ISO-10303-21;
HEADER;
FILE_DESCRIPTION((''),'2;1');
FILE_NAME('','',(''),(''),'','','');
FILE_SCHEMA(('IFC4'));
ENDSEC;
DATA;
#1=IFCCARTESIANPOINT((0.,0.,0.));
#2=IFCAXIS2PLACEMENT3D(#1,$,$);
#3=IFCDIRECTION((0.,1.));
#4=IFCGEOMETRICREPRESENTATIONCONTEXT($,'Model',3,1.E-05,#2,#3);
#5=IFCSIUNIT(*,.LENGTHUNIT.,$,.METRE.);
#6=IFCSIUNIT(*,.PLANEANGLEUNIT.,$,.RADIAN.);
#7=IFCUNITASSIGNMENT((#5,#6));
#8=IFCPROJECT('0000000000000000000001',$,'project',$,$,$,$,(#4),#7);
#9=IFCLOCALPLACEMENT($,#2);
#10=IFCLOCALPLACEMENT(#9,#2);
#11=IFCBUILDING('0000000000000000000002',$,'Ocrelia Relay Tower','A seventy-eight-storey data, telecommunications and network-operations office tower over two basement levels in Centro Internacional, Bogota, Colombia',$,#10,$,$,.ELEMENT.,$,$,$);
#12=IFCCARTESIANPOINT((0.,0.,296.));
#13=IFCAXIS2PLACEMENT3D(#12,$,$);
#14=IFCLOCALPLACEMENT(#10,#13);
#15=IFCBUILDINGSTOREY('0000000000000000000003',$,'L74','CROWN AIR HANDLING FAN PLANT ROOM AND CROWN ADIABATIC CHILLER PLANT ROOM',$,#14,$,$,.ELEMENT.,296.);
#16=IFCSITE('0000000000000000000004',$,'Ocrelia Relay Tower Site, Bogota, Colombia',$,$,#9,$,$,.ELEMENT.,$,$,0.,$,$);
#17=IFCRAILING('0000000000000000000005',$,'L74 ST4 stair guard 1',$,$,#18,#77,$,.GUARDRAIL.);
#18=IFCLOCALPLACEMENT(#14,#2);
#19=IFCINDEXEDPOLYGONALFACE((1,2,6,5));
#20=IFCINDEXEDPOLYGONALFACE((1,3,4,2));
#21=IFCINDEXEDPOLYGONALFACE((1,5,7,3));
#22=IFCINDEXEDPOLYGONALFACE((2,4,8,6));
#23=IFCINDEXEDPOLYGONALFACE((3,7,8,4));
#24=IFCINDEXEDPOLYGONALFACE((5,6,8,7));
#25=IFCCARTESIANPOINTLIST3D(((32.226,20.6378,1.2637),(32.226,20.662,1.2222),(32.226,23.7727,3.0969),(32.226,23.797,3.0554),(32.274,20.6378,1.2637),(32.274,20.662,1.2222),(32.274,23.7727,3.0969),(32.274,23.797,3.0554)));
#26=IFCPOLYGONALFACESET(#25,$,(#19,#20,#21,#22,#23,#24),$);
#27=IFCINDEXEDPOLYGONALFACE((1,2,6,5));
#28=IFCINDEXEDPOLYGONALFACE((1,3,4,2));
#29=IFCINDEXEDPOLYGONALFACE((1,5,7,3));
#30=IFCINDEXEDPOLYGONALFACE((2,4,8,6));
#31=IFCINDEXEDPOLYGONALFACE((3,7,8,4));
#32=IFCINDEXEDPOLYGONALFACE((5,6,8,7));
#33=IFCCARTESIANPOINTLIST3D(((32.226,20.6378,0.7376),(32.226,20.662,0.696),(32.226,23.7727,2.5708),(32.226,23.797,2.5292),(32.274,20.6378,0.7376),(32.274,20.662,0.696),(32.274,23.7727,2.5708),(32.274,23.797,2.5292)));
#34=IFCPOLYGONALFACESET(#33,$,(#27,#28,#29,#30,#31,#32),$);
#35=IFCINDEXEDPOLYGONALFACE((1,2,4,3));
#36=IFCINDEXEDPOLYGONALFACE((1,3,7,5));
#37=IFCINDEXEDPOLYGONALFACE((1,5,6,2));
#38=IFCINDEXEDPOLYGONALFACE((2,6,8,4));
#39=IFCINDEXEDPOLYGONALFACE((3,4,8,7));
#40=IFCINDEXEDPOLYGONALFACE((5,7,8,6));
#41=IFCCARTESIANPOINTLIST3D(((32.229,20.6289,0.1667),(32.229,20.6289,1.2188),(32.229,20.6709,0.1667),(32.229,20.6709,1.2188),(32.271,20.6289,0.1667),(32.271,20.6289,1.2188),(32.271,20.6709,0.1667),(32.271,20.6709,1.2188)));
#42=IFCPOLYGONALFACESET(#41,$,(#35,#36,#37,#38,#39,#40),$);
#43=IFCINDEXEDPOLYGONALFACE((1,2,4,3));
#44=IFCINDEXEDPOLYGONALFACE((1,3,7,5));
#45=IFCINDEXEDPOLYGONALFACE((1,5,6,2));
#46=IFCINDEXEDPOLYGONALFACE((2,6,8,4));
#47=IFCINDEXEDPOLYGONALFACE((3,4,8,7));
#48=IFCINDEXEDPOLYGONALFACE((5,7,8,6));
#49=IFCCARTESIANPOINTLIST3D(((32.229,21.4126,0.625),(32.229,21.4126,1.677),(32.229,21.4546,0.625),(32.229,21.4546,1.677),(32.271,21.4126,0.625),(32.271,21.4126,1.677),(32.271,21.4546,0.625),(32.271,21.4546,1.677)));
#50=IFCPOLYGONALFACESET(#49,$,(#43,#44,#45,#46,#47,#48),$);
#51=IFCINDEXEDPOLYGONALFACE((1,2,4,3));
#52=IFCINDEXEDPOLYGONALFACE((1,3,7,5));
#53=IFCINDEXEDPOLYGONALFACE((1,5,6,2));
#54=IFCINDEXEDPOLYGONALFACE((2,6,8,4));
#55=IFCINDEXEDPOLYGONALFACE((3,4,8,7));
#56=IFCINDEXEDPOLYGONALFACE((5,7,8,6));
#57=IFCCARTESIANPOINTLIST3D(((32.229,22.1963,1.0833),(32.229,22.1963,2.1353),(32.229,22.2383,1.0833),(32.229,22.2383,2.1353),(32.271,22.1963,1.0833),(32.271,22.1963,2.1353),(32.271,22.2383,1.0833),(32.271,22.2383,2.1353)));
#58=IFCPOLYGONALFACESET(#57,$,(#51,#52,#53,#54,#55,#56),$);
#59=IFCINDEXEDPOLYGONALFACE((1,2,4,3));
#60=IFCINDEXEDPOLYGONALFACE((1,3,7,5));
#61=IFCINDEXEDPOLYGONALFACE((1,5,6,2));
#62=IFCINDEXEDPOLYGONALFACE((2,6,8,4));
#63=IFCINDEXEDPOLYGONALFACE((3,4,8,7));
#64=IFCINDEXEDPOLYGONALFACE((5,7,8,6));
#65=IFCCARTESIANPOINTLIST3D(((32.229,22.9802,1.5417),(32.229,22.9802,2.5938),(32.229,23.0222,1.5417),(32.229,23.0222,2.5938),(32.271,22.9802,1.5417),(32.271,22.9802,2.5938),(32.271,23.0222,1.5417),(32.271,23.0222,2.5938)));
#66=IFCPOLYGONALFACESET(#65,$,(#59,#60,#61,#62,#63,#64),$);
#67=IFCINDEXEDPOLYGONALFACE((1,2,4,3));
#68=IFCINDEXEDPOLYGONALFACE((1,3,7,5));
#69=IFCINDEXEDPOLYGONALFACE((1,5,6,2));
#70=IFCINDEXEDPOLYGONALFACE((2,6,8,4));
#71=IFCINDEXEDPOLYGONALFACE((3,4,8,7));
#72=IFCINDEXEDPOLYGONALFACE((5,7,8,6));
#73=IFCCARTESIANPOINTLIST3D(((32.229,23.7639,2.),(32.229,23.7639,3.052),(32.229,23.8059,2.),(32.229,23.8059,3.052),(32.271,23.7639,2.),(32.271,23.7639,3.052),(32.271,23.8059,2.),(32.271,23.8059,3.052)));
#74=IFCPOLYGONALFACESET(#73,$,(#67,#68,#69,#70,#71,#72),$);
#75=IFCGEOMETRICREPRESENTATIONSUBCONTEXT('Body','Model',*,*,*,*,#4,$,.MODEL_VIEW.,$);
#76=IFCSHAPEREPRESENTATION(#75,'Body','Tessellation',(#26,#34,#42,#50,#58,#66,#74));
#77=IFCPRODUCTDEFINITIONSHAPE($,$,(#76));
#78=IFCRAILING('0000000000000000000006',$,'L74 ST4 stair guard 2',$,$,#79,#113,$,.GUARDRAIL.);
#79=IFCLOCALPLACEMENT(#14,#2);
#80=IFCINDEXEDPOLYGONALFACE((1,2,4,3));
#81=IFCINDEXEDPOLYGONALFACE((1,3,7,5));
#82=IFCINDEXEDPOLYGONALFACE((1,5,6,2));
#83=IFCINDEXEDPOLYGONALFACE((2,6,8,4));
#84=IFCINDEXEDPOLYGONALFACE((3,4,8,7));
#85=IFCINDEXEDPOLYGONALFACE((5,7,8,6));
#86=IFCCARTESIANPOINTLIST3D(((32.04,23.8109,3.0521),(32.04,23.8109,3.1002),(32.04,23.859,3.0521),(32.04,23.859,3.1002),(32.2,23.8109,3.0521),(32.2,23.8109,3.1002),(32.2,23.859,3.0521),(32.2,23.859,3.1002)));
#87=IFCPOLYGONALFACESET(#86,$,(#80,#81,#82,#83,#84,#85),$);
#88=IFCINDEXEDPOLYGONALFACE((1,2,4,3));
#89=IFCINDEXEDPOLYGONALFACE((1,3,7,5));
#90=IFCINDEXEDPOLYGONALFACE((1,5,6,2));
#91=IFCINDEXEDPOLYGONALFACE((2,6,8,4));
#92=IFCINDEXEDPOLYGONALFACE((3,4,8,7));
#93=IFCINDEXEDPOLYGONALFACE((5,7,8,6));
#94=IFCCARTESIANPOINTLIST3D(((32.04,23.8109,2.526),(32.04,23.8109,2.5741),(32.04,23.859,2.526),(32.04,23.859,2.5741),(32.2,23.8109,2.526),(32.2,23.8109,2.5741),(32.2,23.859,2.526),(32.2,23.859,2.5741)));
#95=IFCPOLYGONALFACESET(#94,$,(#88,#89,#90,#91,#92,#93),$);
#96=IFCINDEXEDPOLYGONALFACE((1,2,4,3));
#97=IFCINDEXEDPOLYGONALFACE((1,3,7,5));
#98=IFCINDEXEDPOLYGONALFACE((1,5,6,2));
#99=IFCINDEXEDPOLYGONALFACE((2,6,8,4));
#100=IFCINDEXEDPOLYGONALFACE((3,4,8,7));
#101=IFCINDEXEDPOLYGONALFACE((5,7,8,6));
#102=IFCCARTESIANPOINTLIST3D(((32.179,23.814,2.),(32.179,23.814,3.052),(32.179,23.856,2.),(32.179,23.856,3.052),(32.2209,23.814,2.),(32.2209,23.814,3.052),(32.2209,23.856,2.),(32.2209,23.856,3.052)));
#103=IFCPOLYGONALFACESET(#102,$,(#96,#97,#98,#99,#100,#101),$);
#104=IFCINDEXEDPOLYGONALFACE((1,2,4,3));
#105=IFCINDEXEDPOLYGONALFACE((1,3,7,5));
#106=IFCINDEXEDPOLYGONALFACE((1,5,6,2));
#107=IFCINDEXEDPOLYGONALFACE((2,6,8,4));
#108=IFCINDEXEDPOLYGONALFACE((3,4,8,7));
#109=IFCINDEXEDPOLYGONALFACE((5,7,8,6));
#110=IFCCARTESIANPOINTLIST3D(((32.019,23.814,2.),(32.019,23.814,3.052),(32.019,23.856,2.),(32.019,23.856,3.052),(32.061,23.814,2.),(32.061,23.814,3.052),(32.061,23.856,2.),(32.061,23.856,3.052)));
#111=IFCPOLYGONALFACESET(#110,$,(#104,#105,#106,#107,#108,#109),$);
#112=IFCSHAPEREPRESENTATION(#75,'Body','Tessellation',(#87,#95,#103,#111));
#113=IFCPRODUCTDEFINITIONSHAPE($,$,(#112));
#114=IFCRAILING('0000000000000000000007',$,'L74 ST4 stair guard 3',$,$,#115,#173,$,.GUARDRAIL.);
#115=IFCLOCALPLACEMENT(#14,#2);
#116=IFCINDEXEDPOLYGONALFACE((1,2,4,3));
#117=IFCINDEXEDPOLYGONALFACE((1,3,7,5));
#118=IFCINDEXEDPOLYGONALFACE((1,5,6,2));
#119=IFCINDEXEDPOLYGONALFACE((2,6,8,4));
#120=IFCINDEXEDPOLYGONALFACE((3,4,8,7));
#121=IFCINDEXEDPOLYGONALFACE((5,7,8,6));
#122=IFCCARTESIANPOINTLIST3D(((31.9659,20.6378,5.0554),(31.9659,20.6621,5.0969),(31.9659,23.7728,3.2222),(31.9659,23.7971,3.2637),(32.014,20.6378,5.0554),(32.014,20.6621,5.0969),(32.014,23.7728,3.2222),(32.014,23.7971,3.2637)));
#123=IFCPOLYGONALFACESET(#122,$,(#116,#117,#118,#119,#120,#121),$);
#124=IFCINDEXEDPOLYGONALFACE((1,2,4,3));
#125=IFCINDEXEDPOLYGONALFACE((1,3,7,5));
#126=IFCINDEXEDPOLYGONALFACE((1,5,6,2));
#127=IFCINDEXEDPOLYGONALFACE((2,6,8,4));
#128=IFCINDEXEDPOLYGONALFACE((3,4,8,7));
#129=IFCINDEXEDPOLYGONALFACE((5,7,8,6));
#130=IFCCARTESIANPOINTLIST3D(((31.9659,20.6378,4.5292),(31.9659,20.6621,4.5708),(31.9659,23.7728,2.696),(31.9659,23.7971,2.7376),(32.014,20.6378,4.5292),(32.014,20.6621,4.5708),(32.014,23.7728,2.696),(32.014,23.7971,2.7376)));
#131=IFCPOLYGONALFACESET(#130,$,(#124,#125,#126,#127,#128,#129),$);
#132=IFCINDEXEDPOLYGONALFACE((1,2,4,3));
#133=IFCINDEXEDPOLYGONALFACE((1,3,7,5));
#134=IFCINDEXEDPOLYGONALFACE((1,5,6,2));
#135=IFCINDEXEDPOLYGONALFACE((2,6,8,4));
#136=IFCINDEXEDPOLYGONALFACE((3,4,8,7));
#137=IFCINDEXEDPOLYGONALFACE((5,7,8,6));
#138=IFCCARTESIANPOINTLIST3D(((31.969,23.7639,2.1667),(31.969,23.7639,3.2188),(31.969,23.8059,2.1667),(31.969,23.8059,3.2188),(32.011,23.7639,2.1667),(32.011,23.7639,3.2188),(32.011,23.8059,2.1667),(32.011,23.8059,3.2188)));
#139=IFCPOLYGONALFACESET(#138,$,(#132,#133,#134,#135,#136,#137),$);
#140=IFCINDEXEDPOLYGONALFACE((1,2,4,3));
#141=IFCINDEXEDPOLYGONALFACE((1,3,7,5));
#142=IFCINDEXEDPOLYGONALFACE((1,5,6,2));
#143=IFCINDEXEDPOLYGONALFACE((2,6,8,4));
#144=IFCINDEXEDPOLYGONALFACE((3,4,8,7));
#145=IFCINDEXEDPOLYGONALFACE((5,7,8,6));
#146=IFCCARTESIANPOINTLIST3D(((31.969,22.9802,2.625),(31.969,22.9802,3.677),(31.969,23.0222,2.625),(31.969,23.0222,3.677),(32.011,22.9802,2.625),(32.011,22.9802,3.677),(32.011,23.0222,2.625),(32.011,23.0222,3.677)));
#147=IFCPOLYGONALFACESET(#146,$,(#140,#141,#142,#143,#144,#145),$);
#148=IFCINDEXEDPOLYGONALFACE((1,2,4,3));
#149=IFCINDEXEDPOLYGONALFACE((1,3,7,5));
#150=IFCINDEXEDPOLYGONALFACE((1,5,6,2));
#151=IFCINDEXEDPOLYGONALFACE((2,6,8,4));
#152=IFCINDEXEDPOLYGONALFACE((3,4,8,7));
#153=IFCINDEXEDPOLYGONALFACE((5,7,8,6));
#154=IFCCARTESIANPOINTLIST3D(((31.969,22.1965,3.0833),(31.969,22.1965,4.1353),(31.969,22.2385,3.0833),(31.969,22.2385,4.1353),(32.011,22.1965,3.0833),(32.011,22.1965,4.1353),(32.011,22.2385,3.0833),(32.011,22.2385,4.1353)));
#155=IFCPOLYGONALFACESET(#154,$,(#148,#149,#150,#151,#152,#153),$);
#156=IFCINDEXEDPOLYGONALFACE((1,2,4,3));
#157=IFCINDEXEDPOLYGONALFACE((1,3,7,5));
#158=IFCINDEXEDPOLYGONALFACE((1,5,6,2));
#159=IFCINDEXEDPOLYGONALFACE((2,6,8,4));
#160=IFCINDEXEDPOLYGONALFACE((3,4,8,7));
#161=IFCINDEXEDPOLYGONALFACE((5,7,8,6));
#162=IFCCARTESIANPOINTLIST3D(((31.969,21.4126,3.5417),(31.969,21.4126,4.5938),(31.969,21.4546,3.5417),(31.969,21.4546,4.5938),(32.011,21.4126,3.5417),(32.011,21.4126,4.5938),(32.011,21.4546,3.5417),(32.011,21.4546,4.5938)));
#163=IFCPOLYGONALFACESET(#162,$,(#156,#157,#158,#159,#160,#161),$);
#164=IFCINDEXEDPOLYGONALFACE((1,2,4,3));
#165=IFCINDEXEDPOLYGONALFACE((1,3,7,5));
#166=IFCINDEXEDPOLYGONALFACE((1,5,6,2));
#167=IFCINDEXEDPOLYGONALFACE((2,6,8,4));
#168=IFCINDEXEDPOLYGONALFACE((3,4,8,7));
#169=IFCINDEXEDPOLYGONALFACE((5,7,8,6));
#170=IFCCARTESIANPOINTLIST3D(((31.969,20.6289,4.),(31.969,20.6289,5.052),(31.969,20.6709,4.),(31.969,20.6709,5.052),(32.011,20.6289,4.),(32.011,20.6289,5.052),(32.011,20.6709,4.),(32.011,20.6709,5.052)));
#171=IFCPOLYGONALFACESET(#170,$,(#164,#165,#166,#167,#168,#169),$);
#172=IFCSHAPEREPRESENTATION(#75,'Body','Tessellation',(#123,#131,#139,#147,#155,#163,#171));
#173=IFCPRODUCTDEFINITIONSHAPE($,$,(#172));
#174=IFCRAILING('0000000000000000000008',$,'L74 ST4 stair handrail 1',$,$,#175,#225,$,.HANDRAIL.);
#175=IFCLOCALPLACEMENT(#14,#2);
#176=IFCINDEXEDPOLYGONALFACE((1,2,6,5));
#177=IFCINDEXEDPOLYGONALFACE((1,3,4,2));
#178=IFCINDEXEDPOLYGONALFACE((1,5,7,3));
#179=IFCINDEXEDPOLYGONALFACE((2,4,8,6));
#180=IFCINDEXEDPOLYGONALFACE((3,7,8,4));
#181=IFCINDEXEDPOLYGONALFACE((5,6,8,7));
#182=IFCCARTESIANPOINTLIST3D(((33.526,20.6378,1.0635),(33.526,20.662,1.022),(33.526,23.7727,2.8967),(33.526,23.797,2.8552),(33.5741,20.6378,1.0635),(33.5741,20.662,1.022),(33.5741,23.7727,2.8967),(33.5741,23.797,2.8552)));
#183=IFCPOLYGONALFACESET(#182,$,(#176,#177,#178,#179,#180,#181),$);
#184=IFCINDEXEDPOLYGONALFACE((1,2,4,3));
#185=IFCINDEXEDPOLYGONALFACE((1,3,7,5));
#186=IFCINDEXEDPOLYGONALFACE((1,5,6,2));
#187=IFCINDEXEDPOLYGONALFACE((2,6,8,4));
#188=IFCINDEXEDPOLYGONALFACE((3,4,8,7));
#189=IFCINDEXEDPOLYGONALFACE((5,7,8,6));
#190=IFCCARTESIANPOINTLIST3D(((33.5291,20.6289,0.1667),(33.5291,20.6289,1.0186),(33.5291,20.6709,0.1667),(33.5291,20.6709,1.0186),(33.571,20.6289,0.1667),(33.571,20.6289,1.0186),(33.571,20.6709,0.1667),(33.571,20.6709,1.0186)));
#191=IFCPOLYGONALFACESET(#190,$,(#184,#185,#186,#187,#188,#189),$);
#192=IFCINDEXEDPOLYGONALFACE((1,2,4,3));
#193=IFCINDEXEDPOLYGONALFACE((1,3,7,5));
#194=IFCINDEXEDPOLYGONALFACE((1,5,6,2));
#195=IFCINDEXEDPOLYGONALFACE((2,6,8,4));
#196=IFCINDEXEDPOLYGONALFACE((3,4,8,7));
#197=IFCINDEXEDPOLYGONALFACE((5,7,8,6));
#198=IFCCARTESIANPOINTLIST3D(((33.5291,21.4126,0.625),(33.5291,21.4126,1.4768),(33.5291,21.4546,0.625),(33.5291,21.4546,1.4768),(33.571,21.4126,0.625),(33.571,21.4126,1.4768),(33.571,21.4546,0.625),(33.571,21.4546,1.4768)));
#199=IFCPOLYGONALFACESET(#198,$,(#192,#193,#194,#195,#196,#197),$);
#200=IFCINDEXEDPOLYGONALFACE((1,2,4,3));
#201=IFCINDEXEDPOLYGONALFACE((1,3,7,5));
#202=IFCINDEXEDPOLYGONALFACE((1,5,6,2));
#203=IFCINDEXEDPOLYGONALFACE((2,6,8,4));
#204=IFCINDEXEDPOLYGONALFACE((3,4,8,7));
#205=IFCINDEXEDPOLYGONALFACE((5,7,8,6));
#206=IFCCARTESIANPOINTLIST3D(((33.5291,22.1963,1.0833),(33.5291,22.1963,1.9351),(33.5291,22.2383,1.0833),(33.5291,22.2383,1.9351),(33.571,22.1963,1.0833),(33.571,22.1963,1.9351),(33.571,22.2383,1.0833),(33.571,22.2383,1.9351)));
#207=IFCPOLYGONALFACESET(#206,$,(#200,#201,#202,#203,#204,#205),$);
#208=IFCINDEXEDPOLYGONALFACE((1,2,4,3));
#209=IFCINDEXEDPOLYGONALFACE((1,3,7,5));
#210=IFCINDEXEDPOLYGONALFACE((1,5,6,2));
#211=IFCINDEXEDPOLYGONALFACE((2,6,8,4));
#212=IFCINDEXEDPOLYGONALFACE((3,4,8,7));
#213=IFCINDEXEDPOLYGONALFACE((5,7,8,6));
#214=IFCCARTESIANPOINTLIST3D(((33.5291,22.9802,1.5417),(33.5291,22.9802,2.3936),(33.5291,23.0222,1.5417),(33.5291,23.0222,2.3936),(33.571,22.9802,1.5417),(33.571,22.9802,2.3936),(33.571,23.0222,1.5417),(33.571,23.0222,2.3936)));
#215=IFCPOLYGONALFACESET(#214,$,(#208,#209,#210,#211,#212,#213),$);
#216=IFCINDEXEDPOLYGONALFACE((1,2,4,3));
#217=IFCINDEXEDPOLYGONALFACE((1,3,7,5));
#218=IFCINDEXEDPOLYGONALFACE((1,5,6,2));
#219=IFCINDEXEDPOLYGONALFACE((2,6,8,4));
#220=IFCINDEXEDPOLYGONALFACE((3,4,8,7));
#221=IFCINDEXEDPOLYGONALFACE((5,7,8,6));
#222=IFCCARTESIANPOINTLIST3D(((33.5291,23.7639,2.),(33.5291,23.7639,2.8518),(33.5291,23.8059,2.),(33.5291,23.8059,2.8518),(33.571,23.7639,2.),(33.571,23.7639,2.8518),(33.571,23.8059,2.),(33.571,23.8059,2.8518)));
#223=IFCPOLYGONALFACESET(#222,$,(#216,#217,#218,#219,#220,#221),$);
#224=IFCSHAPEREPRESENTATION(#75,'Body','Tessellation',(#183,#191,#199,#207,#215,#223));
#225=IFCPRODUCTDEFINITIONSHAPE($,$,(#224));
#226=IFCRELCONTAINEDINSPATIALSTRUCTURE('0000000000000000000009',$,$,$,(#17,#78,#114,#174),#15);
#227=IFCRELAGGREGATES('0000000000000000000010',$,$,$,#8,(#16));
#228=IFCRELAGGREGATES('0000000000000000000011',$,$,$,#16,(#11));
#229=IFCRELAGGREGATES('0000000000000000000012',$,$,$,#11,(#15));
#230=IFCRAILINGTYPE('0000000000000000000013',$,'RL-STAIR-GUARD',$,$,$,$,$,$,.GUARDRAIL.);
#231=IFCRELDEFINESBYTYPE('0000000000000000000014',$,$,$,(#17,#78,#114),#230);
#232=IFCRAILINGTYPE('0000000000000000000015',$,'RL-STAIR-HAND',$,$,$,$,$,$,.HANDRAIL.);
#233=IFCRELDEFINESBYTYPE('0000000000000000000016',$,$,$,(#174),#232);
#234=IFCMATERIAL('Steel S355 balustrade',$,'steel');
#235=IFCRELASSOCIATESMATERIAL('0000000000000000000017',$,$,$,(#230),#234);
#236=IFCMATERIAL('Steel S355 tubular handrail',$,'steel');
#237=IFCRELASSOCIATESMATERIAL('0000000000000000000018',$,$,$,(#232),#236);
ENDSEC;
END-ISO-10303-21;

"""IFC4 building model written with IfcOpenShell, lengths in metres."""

from ifc_helpers import new_model, si_unit, direction, frame, origin, origin_2d, place, context, subcontext, project, spatial, rectangle, extrude, material, type_object, element, save


model = new_model("IFC4")

# Units and contexts
model_context = context("Model", 3, precision=1e-05, world=origin(), true_north=direction((0.0, 1.0)))
body_context = subcontext(model_context, "Body", "Model", "MODEL_VIEW")
ifc_project = project(units=[si_unit("LENGTHUNIT", "METRE"), si_unit("PLANEANGLEUNIT", "RADIAN")], contexts=[model_context])

# Site, building, storey
site_placement = place(None, origin())
site = spatial("IfcSite", under=ifc_project, at=site_placement, Name="Ocrelia Relay Tower Site, Bogota, Colombia", CompositionType="ELEMENT", RefElevation=0.0)
building_placement = place(site_placement, origin())
building = spatial("IfcBuilding", under=site, at=building_placement, Name="Ocrelia Relay Tower", Description="A seventy-eight-storey data, telecommunications and network-operations office tower over two basement levels in Centro Internacional, Bogota, Colombia", CompositionType="ELEMENT")
storey_placement = place(building_placement, frame((0.0, 0.0, 296.0)))
storey = spatial("IfcBuildingStorey", under=building, at=storey_placement, Name="L74", Description="CROWN AIR HANDLING FAN PLANT ROOM AND CROWN ADIABATIC CHILLER PLANT ROOM", CompositionType="ELEMENT", Elevation=296.0)

# Railings
ifc_material_1 = material(Name="Steel S355 balustrade", Category="steel")
railing_type_1 = type_object("IfcRailingType", Name="RL-STAIR-GUARD", PredefinedType="GUARDRAIL", material=ifc_material_1)
railing_1_placement = place(storey_placement, frame((32.25, 20.6499, 0.1667)))
element("IfcRailing", 1, at=railing_1_placement, inside=storey, type_object=railing_type_1, Name="L74 ST4 stair guard 1", PredefinedType="GUARDRAIL", context=body_context, shape_type="SweptSolid", body=[
    extrude(rectangle(XDim=0.0481, YDim=0.0481, at=origin_2d()), frame((0.0, 0.0, 1.0762), z_axis=(0.0, 0.86324, 0.504794), x_axis=(-1.0, 0.0, 0.0)), (0.0, 0.0, 1.0), 3.6316),
    extrude(rectangle(XDim=0.0481, YDim=0.0481, at=origin_2d()), frame((0.0, 0.0, 0.55), z_axis=(0.0, 0.86324, 0.504794), x_axis=(-1.0, 0.0, 0.0)), (0.0, 0.0, 1.0), 3.6316),
    extrude(rectangle(XDim=0.042, YDim=0.042, at=origin_2d()), origin(), (0.0, 0.0, 1.0), 1.052),
    extrude(rectangle(XDim=0.042, YDim=0.042, at=origin_2d()), frame((0.0, 0.7837, 0.4583)), (0.0, 0.0, 1.0), 1.052),
    extrude(rectangle(XDim=0.042, YDim=0.042, at=origin_2d()), frame((0.0, 1.5674, 0.9165)), (0.0, 0.0, 1.0), 1.052),
    extrude(rectangle(XDim=0.042, YDim=0.042, at=origin_2d()), frame((0.0, 2.3513, 1.375)), (0.0, 0.0, 1.0), 1.052),
    extrude(rectangle(XDim=0.042, YDim=0.042, at=origin_2d()), frame((0.0, 3.135, 1.8333)), (0.0, 0.0, 1.0), 1.052),
])
railing_2_placement = place(storey_placement, frame((32.2, 23.835, 2.0)))
element("IfcRailing", 2, at=railing_2_placement, inside=storey, type_object=railing_type_1, Name="L74 ST4 stair guard 2", PredefinedType="GUARDRAIL", context=body_context, shape_type="SweptSolid", body=[
    extrude(rectangle(XDim=0.0481, YDim=0.0481, at=origin_2d()), frame((0.0, 0.0, 1.0762), z_axis=(-1.0, 0.0, 0.0), x_axis=(0.0, -1.0, 0.0)), (0.0, 0.0, 1.0), 0.1599),
    extrude(rectangle(XDim=0.0481, YDim=0.0481, at=origin_2d()), frame((0.0, 0.0, 0.55), z_axis=(-1.0, 0.0, 0.0), x_axis=(0.0, -1.0, 0.0)), (0.0, 0.0, 1.0), 0.1599),
    extrude(rectangle(XDim=0.042, YDim=0.042, at=origin_2d()), origin(), (0.0, 0.0, 1.0), 1.052),
    extrude(rectangle(XDim=0.042, YDim=0.042, at=origin_2d()), frame((-0.1599, 0.0, 0.0)), (0.0, 0.0, 1.0), 1.052),
])
railing_3_placement = place(storey_placement, frame((31.99, 23.7849, 2.1667)))
element("IfcRailing", 3, at=railing_3_placement, inside=storey, type_object=railing_type_1, Name="L74 ST4 stair guard 3", PredefinedType="GUARDRAIL", context=body_context, shape_type="SweptSolid", body=[
    extrude(rectangle(XDim=0.0481, YDim=0.0481, at=origin_2d()), frame((0.0, 0.0, 1.0762), z_axis=(0.0, -0.86324, 0.504794), x_axis=(1.0, 0.0, 0.0)), (0.0, 0.0, 1.0), 3.6316),
    extrude(rectangle(XDim=0.0481, YDim=0.0481, at=origin_2d()), frame((0.0, 0.0, 0.55), z_axis=(0.0, -0.86324, 0.504794), x_axis=(1.0, 0.0, 0.0)), (0.0, 0.0, 1.0), 3.6316),
    extrude(rectangle(XDim=0.042, YDim=0.042, at=origin_2d()), origin(), (0.0, 0.0, 1.0), 1.052),
    extrude(rectangle(XDim=0.042, YDim=0.042, at=origin_2d()), frame((0.0, -0.7837, 0.4583)), (0.0, 0.0, 1.0), 1.052),
    extrude(rectangle(XDim=0.042, YDim=0.042, at=origin_2d()), frame((0.0, -1.5674, 0.9165)), (0.0, 0.0, 1.0), 1.052),
    extrude(rectangle(XDim=0.042, YDim=0.042, at=origin_2d()), frame((0.0, -2.3513, 1.375)), (0.0, 0.0, 1.0), 1.052),
    extrude(rectangle(XDim=0.042, YDim=0.042, at=origin_2d()), frame((0.0, -3.135, 1.8333)), (0.0, 0.0, 1.0), 1.052),
])
ifc_material_2 = material(Name="Steel S355 tubular handrail", Category="steel")
railing_type_2 = type_object("IfcRailingType", Name="RL-STAIR-HAND", PredefinedType="HANDRAIL", material=ifc_material_2)
railing_4_placement = place(storey_placement, frame((33.55, 20.6499, 0.1667)))
element("IfcRailing", 4, at=railing_4_placement, inside=storey, type_object=railing_type_2, Name="L74 ST4 stair handrail 1", PredefinedType="HANDRAIL", context=body_context, shape_type="SweptSolid", body=[
    extrude(rectangle(XDim=0.0481, YDim=0.0481, at=origin_2d()), frame((0.0, 0.0, 0.876), z_axis=(0.0, 0.86324, 0.504794), x_axis=(-1.0, 0.0, 0.0)), (0.0, 0.0, 1.0), 3.6316),
    extrude(rectangle(XDim=0.042, YDim=0.042, at=origin_2d()), origin(), (0.0, 0.0, 1.0), 0.8518),
    extrude(rectangle(XDim=0.042, YDim=0.042, at=origin_2d()), frame((0.0, 0.7837, 0.4583)), (0.0, 0.0, 1.0), 0.8518),
    extrude(rectangle(XDim=0.042, YDim=0.042, at=origin_2d()), frame((0.0, 1.5674, 0.9165)), (0.0, 0.0, 1.0), 0.8518),
    extrude(rectangle(XDim=0.042, YDim=0.042, at=origin_2d()), frame((0.0, 2.3513, 1.375)), (0.0, 0.0, 1.0), 0.8518),
    extrude(rectangle(XDim=0.042, YDim=0.042, at=origin_2d()), frame((0.0, 3.135, 1.8333)), (0.0, 0.0, 1.0), 0.8518),
])

save(model, "model.ifc")
